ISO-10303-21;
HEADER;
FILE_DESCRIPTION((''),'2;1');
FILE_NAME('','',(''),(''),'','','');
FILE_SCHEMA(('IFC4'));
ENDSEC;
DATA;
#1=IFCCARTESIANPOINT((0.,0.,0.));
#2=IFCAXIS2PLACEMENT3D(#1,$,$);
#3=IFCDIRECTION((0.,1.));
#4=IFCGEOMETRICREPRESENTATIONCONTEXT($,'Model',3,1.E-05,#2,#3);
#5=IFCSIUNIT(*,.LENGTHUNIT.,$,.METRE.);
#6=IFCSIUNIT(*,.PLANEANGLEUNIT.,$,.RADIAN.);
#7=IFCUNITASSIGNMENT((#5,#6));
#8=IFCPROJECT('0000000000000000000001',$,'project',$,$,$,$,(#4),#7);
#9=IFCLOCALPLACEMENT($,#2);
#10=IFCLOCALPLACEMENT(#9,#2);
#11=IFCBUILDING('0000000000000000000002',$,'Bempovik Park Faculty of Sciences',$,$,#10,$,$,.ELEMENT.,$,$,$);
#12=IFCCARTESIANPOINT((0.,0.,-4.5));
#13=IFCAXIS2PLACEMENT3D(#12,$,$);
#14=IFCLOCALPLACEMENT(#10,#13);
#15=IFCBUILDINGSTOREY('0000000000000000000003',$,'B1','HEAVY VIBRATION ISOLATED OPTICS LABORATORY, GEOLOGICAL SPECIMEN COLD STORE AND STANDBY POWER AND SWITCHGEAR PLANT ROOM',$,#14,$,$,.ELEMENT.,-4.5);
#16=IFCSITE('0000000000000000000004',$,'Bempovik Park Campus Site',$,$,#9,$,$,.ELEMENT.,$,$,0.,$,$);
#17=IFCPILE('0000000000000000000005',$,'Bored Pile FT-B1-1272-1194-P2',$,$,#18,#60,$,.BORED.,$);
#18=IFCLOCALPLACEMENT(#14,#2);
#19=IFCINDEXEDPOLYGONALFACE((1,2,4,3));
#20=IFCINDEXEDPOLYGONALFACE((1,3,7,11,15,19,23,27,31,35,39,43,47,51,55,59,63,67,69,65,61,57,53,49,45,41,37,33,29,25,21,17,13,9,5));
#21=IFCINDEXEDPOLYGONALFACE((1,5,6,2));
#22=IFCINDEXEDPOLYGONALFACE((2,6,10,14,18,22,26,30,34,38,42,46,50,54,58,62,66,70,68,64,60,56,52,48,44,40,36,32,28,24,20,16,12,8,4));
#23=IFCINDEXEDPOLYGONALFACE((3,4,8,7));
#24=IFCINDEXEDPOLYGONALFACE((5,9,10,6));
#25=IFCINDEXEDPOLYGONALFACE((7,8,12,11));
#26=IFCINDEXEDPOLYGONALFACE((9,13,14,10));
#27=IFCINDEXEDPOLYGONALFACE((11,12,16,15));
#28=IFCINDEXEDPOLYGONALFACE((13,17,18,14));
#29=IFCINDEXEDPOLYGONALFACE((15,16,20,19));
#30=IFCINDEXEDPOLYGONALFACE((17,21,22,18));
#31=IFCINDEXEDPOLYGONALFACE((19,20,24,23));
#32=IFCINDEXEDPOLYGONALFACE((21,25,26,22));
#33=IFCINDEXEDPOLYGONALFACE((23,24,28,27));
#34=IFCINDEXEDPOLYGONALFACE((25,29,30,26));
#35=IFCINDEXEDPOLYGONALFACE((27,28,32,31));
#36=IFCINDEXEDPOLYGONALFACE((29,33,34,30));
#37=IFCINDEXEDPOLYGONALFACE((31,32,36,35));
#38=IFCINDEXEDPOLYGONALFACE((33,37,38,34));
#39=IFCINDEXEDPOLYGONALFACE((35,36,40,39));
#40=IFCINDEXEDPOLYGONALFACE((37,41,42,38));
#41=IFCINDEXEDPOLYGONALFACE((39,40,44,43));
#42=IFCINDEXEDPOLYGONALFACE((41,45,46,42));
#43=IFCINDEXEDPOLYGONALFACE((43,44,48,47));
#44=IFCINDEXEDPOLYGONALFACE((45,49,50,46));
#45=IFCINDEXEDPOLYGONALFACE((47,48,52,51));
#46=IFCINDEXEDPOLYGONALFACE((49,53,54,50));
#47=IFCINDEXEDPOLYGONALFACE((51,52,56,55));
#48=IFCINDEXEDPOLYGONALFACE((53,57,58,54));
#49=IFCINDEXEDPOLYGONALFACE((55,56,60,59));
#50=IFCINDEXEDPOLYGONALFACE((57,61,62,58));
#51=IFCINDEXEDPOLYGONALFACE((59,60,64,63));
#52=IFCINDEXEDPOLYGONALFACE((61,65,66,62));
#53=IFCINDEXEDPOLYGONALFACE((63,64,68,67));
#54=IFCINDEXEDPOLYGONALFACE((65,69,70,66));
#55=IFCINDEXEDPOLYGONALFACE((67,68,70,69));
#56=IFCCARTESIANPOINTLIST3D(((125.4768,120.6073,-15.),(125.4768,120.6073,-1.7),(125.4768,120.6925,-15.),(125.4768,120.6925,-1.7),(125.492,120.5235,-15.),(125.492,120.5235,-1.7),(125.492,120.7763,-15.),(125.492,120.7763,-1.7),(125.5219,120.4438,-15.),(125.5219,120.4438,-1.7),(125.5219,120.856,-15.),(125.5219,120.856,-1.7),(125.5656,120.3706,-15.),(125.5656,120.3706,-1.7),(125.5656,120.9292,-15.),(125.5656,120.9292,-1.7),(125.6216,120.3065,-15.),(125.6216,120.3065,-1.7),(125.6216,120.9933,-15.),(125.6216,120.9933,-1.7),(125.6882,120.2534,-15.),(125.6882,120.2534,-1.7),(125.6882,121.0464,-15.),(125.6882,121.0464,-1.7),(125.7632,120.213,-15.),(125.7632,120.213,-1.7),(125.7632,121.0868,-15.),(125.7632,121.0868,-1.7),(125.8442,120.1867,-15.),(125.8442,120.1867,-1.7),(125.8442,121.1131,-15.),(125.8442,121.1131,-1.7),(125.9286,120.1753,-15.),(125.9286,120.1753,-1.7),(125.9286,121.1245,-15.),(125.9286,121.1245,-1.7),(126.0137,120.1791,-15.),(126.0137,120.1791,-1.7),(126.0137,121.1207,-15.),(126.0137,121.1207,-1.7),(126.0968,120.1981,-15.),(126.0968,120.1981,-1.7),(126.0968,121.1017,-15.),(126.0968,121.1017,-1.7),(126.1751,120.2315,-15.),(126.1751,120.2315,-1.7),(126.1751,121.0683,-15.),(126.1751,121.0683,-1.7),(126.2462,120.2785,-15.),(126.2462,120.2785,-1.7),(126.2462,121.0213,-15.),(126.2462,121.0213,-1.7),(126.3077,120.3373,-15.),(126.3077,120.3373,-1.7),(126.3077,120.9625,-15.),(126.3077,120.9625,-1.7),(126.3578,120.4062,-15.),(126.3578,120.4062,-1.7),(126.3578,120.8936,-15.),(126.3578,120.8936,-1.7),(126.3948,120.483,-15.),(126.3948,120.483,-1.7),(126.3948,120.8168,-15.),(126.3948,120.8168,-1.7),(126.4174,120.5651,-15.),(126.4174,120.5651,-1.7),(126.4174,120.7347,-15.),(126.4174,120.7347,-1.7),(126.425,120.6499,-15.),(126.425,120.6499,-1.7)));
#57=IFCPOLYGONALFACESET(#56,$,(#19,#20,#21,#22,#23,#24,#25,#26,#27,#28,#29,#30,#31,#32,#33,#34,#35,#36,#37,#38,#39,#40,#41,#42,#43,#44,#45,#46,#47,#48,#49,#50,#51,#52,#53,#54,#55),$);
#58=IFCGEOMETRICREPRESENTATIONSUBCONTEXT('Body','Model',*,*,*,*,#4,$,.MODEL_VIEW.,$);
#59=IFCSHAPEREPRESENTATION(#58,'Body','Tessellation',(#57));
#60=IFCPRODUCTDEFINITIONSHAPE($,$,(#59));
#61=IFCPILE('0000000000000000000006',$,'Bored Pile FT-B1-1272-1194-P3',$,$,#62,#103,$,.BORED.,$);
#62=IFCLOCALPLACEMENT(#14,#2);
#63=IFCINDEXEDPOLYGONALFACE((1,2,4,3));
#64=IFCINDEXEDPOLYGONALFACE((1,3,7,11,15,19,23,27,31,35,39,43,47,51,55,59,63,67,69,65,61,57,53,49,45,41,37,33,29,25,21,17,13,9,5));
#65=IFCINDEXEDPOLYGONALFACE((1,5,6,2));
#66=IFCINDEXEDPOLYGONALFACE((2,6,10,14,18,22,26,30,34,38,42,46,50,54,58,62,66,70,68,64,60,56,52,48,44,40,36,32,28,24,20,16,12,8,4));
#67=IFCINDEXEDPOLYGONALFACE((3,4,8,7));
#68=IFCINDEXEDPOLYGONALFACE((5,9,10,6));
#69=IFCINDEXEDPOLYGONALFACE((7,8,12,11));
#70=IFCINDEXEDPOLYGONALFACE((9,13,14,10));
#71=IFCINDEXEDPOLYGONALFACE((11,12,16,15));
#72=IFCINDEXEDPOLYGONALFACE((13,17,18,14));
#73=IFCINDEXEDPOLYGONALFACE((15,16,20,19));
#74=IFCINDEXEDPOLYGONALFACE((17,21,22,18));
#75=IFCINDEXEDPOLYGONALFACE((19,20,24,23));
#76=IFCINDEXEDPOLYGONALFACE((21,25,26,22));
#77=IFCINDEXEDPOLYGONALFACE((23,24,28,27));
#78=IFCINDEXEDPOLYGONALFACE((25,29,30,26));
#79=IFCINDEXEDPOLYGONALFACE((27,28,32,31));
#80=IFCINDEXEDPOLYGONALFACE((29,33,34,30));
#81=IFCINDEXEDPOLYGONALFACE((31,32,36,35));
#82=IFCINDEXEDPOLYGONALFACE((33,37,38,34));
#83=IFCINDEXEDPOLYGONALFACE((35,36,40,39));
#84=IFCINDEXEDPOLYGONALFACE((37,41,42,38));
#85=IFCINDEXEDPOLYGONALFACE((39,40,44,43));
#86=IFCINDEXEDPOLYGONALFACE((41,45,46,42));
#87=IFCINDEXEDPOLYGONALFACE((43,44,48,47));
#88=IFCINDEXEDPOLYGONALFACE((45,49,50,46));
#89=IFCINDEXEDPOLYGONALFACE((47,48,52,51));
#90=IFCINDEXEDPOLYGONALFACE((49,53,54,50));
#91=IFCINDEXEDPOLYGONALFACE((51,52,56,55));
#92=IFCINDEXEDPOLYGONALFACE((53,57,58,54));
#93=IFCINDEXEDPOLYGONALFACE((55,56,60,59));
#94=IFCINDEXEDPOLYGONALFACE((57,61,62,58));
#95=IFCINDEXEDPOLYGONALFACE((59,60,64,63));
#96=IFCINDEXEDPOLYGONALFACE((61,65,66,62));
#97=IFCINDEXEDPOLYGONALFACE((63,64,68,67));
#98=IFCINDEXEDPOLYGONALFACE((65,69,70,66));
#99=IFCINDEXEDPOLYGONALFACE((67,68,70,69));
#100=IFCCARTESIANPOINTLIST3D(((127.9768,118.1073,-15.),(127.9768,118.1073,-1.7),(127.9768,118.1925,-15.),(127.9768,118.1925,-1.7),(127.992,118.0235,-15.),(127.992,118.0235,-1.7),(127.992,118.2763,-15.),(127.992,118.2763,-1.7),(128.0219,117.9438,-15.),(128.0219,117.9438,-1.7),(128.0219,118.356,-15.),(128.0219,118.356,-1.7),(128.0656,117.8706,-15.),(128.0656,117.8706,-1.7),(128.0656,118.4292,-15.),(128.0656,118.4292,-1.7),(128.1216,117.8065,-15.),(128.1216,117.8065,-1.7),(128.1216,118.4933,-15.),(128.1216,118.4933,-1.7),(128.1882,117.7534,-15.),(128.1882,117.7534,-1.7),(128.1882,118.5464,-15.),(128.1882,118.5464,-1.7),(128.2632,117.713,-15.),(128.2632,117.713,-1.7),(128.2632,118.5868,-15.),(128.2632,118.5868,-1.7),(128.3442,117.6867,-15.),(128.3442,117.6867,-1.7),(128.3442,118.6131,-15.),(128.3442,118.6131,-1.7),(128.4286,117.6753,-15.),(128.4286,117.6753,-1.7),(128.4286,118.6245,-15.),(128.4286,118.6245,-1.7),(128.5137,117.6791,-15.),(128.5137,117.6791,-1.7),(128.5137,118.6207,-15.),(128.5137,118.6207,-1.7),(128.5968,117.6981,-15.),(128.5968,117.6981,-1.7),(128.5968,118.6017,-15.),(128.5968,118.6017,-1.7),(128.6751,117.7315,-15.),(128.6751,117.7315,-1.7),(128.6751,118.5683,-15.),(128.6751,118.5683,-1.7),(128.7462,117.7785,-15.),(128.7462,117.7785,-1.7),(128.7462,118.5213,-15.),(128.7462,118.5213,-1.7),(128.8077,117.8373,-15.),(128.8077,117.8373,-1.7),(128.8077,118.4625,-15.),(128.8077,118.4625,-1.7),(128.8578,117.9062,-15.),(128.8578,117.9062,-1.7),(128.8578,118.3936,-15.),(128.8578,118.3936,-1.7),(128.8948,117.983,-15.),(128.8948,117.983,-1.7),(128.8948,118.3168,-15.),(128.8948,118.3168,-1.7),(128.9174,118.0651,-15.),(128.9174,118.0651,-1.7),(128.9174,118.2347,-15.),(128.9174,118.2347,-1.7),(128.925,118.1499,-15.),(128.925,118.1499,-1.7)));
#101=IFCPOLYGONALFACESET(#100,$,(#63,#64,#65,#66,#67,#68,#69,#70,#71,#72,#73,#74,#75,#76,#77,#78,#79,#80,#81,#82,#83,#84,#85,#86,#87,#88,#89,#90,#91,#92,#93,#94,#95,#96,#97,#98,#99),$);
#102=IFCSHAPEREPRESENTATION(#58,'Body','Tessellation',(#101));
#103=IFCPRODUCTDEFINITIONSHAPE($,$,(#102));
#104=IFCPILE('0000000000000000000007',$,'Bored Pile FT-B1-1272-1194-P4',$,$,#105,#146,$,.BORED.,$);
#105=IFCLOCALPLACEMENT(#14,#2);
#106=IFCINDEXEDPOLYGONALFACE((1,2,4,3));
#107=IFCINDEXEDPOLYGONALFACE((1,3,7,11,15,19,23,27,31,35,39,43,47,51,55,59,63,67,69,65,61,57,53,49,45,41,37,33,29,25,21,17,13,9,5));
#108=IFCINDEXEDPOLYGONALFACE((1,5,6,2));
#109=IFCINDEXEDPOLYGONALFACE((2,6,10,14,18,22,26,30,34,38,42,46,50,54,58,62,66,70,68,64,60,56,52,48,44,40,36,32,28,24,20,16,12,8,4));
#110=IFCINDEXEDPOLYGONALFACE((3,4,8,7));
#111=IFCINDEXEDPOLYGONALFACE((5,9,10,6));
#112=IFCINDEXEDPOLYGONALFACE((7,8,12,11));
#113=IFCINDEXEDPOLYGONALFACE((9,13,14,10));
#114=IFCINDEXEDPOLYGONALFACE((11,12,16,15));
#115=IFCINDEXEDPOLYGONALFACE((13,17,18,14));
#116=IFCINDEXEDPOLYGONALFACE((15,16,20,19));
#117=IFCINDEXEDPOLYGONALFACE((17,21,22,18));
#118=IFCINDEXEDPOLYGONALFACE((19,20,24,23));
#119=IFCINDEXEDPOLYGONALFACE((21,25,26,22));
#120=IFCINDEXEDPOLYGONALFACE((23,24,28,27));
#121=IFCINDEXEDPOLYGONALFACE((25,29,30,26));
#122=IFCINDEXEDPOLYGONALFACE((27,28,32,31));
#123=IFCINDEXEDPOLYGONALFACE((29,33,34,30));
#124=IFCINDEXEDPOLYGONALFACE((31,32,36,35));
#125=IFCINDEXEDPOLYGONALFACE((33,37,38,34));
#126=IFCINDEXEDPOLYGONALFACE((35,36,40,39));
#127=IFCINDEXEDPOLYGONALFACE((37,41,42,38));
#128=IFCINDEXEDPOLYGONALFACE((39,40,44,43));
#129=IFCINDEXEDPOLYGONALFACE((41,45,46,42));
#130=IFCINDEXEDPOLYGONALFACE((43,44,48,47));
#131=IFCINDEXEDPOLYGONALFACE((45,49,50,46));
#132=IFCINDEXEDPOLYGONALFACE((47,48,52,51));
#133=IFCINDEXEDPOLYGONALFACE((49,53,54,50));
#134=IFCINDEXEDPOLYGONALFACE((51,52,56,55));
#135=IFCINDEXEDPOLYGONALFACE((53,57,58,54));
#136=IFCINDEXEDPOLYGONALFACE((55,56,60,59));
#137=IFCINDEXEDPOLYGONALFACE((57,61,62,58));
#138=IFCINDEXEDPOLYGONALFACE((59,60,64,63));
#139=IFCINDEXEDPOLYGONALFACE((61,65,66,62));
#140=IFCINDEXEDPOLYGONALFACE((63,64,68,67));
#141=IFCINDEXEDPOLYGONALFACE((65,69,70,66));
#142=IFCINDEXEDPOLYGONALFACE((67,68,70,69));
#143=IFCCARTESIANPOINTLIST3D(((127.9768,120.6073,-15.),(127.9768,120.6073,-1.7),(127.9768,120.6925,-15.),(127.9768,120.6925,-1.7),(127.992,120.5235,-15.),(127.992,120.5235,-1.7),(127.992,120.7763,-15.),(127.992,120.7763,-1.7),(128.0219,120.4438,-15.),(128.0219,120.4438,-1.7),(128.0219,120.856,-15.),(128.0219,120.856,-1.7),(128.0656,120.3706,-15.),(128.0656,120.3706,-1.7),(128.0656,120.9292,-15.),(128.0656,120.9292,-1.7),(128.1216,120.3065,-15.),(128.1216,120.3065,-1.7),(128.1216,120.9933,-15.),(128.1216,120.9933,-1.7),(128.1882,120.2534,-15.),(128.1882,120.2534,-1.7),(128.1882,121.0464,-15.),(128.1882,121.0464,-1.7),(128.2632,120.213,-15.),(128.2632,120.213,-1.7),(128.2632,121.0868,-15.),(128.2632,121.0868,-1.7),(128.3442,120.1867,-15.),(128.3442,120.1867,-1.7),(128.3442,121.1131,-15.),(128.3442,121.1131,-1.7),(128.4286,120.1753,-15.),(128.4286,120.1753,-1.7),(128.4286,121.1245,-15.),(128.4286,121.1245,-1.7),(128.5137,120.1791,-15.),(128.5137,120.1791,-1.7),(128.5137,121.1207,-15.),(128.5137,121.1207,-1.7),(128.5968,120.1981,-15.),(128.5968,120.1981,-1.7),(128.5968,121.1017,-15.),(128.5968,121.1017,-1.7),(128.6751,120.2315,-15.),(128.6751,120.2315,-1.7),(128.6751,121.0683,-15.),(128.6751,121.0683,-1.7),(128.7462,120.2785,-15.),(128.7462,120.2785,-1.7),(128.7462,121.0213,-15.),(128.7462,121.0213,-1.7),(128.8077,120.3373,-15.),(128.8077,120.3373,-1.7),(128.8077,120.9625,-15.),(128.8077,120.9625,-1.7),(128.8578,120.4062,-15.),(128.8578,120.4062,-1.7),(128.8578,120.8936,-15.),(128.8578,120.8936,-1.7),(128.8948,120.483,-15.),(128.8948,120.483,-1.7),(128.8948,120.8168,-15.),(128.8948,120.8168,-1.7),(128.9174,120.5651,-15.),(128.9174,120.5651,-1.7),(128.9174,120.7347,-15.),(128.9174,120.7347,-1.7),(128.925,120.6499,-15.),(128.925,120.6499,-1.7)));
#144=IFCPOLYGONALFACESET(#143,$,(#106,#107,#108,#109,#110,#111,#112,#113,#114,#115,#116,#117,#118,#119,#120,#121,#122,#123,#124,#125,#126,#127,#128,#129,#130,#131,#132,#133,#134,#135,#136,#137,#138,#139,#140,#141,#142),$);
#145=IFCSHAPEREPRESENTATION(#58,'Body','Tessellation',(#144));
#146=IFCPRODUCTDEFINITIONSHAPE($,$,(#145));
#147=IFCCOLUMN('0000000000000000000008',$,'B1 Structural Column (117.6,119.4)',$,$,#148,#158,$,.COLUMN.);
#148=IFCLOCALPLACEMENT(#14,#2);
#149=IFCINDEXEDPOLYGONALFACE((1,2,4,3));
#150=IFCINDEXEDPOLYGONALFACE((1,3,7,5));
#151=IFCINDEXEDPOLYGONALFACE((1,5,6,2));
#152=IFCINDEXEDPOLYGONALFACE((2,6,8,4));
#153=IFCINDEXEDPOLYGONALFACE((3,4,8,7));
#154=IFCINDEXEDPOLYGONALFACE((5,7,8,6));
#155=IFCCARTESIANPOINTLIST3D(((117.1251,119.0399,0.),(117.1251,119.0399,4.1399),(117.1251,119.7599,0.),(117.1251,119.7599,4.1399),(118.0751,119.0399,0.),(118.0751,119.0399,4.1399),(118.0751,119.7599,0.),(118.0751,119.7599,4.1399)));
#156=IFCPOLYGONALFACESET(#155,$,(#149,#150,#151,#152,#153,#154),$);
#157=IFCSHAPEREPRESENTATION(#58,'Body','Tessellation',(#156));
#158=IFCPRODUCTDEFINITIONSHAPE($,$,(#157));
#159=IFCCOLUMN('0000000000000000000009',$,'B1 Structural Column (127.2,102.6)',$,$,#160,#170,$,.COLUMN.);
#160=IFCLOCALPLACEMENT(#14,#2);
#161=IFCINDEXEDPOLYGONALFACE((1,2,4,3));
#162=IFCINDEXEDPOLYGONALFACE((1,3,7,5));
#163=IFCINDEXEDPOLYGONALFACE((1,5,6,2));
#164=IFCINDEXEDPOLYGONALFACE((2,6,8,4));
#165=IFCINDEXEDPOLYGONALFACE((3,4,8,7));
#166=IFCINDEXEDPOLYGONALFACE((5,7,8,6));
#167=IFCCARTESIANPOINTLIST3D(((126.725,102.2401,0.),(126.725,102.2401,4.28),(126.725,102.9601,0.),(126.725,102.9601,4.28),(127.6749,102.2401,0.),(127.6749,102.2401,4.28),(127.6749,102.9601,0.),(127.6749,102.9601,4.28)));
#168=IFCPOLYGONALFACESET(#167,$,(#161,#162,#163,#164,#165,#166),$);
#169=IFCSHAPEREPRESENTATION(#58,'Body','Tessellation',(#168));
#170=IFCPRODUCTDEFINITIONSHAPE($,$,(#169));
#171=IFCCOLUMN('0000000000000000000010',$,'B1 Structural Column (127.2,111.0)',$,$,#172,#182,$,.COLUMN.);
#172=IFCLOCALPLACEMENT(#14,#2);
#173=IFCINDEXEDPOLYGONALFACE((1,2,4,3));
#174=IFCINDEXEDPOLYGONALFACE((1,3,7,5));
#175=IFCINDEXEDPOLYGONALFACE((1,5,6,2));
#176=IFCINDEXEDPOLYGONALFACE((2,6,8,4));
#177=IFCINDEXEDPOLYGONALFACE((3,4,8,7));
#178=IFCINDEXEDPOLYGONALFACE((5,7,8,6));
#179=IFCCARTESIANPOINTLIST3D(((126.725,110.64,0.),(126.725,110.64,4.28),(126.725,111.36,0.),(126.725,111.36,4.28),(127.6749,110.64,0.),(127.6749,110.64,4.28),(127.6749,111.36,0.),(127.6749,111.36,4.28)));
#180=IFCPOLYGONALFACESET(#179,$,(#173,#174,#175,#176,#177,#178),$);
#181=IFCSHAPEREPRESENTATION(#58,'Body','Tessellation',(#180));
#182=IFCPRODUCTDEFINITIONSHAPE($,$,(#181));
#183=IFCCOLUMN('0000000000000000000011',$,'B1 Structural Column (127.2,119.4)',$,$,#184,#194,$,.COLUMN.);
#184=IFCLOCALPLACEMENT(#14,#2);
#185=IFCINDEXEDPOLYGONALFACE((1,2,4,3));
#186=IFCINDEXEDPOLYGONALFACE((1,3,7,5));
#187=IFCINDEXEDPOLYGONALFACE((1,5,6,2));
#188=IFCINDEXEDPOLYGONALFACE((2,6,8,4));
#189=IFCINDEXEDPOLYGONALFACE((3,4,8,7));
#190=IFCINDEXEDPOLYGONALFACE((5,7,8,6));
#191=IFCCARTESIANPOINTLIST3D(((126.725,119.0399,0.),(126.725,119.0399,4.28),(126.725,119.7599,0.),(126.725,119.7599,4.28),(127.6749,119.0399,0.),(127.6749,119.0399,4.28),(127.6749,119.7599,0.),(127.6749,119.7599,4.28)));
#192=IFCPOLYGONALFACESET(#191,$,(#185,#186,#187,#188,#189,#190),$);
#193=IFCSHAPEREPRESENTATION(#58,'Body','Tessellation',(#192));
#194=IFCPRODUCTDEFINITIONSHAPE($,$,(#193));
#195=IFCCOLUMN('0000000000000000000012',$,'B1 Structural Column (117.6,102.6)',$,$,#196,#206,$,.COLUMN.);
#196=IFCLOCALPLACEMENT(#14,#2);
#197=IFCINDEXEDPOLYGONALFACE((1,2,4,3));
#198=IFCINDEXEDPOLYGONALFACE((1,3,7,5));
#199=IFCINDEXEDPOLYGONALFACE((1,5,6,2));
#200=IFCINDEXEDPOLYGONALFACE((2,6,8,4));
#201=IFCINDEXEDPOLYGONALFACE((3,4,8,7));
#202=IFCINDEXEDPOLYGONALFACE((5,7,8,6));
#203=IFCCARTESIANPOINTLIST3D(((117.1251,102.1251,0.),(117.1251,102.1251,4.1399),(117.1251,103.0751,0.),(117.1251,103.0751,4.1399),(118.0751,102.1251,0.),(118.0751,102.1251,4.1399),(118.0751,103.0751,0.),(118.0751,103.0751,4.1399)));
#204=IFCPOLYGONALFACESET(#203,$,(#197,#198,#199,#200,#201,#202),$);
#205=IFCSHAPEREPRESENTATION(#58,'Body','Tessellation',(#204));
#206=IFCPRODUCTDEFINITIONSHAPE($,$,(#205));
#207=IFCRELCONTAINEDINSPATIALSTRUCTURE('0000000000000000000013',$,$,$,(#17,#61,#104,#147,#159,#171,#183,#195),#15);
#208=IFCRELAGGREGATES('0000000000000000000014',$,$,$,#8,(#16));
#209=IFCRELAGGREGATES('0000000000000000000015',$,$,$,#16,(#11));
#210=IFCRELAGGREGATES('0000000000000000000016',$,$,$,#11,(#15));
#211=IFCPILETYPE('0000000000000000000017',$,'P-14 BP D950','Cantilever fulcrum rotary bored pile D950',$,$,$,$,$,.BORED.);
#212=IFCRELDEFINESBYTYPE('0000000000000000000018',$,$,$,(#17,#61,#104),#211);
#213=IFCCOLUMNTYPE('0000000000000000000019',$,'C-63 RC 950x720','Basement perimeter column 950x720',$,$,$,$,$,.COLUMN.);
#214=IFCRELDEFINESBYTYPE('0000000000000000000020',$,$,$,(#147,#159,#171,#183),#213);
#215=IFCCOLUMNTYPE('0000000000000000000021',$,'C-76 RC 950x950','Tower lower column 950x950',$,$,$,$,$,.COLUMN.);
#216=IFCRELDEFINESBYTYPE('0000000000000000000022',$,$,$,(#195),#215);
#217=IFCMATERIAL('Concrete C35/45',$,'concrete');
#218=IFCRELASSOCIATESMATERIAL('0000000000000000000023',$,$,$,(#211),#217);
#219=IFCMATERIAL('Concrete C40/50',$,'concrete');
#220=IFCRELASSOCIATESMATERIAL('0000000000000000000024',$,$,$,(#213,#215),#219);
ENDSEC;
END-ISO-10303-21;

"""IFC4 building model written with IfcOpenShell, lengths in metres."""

from ifc_helpers import new_model, si_unit, direction, frame, origin, origin_2d, place, context, subcontext, project, spatial, rectangle, circle, extrude, material, material_profile, profile_set, type_object, element, save


model = new_model("IFC4")

# Units and contexts
model_context = context("Model", 3, precision=1e-05, world=origin(), true_north=direction((0.0, 1.0)))
body_context = subcontext(model_context, "Body", "Model", "MODEL_VIEW")
ifc_project = project(units=[si_unit("LENGTHUNIT", "METRE"), si_unit("PLANEANGLEUNIT", "RADIAN")], contexts=[model_context])

# Site, building, storey
site_placement = place(None, origin())
site = spatial("IfcSite", under=ifc_project, at=site_placement, Name="Bempovik Park Campus Site", CompositionType="ELEMENT", RefElevation=0.0)
building_placement = place(site_placement, origin())
building = spatial("IfcBuilding", under=site, at=building_placement, Name="Bempovik Park Faculty of Sciences", CompositionType="ELEMENT")
storey_placement = place(building_placement, frame((0.0, 0.0, -4.5)))
storey = spatial("IfcBuildingStorey", under=building, at=storey_placement, Name="B1", Description="HEAVY VIBRATION ISOLATED OPTICS LABORATORY, GEOLOGICAL SPECIMEN COLD STORE AND STANDBY POWER AND SWITCHGEAR PLANT ROOM", CompositionType="ELEMENT", Elevation=-4.5)

# Shared definitions
ifc_material_1 = material(Name="Concrete C35/45", Category="concrete")

# Piles
ifc_material_profile_1 = material_profile(ifc_material_1, circle(Radius=0.4751, at=origin_2d()), Name="BP D950")
ifc_profile_set_1 = profile_set([ifc_material_profile_1], Name="Concrete C35/45")
pile_type = type_object("IfcPileType", Name="P-14 BP D950", Description="Cantilever fulcrum rotary bored pile D950", PredefinedType="BORED", material=ifc_profile_set_1)
for number, where, z_axis, x_axis, name in (
    (1, (125.95, 120.6499, -1.7), (0.0, 0.0, -1.0), (1.0, 0.0, 0.0), "Bored Pile FT-B1-1272-1194-P2"),
    (2, (128.45, 118.1499, -1.7), (0.0, 0.0, -1.0), (1.0, 0.0, 0.0), "Bored Pile FT-B1-1272-1194-P3"),
    (3, (128.45, 120.6499, -1.7), (0.0, 0.0, -1.0), (1.0, 0.0, 0.0), "Bored Pile FT-B1-1272-1194-P4"),
):
    element("IfcPile", number, at=place(storey_placement, frame(where, z_axis=z_axis, x_axis=x_axis)), inside=storey, type_object=pile_type, Name=name, PredefinedType="BORED", context=body_context, shape_type="SweptSolid", body=[
        extrude(circle(Radius=0.4751, at=origin_2d()), origin(), (0.0, 0.0, 1.0), 13.3),
    ])

# Columns
ifc_material_2 = material(Name="Concrete C40/50", Category="concrete")
ifc_material_profile_2 = material_profile(ifc_material_2, rectangle(XDim=0.95, YDim=0.72, at=origin_2d()), Name="RC 950x720")
ifc_profile_set_2 = profile_set([ifc_material_profile_2], Name="Concrete C40/50")
column_type_1 = type_object("IfcColumnType", Name="C-63 RC 950x720", Description="Basement perimeter column 950x720", PredefinedType="COLUMN", material=ifc_profile_set_2)
column_placement = place(storey_placement, frame((117.6001, 119.3999, 0.0), z_axis=(0.0, 0.0, 1.0), x_axis=(1.0, 0.0, 0.0)))
element("IfcColumn", 4, at=column_placement, inside=storey, type_object=column_type_1, Name="B1 Structural Column (117.6,119.4)", PredefinedType="COLUMN", context=body_context, shape_type="SweptSolid", body=[
    extrude(rectangle(XDim=0.95, YDim=0.72, at=origin_2d()), origin(), (0.0, 0.0, 1.0), 4.1399),
])
for number, where, z_axis, x_axis, name in (
    (5, (127.2, 102.6001, 0.0), (0.0, 0.0, 1.0), (1.0, 0.0, 0.0), "B1 Structural Column (127.2,102.6)"),
    (6, (127.2, 111.0, 0.0), (0.0, 0.0, 1.0), (1.0, 0.0, 0.0), "B1 Structural Column (127.2,111.0)"),
    (7, (127.2, 119.3999, 0.0), (0.0, 0.0, 1.0), (1.0, 0.0, 0.0), "B1 Structural Column (127.2,119.4)"),
):
    element("IfcColumn", number, at=place(storey_placement, frame(where, z_axis=z_axis, x_axis=x_axis)), inside=storey, type_object=column_type_1, Name=name, PredefinedType="COLUMN", context=body_context, shape_type="SweptSolid", body=[
        extrude(rectangle(XDim=0.95, YDim=0.72, at=origin_2d()), origin(), (0.0, 0.0, 1.0), 4.28),
    ])
ifc_material_profile_3 = material_profile(ifc_material_2, rectangle(XDim=0.95, YDim=0.95, at=origin_2d()), Name="RC 950x950")
ifc_profile_set_3 = profile_set([ifc_material_profile_3], Name="Concrete C40/50")
column_type_2 = type_object("IfcColumnType", Name="C-76 RC 950x950", Description="Tower lower column 950x950", PredefinedType="COLUMN", material=ifc_profile_set_3)
for number, where, z_axis, x_axis, name in (
    (8, (117.6001, 102.6001, 0.0), (0.0, 0.0, 1.0), (1.0, 0.0, 0.0), "B1 Structural Column (117.6,102.6)"),
):
    element("IfcColumn", number, at=place(storey_placement, frame(where, z_axis=z_axis, x_axis=x_axis)), inside=storey, type_object=column_type_2, Name=name, PredefinedType="COLUMN", context=body_context, shape_type="SweptSolid", body=[
        extrude(rectangle(XDim=0.95, YDim=0.95, at=origin_2d()), origin(), (0.0, 0.0, 1.0), 4.1399),
    ])

save(model, "model.ifc")
